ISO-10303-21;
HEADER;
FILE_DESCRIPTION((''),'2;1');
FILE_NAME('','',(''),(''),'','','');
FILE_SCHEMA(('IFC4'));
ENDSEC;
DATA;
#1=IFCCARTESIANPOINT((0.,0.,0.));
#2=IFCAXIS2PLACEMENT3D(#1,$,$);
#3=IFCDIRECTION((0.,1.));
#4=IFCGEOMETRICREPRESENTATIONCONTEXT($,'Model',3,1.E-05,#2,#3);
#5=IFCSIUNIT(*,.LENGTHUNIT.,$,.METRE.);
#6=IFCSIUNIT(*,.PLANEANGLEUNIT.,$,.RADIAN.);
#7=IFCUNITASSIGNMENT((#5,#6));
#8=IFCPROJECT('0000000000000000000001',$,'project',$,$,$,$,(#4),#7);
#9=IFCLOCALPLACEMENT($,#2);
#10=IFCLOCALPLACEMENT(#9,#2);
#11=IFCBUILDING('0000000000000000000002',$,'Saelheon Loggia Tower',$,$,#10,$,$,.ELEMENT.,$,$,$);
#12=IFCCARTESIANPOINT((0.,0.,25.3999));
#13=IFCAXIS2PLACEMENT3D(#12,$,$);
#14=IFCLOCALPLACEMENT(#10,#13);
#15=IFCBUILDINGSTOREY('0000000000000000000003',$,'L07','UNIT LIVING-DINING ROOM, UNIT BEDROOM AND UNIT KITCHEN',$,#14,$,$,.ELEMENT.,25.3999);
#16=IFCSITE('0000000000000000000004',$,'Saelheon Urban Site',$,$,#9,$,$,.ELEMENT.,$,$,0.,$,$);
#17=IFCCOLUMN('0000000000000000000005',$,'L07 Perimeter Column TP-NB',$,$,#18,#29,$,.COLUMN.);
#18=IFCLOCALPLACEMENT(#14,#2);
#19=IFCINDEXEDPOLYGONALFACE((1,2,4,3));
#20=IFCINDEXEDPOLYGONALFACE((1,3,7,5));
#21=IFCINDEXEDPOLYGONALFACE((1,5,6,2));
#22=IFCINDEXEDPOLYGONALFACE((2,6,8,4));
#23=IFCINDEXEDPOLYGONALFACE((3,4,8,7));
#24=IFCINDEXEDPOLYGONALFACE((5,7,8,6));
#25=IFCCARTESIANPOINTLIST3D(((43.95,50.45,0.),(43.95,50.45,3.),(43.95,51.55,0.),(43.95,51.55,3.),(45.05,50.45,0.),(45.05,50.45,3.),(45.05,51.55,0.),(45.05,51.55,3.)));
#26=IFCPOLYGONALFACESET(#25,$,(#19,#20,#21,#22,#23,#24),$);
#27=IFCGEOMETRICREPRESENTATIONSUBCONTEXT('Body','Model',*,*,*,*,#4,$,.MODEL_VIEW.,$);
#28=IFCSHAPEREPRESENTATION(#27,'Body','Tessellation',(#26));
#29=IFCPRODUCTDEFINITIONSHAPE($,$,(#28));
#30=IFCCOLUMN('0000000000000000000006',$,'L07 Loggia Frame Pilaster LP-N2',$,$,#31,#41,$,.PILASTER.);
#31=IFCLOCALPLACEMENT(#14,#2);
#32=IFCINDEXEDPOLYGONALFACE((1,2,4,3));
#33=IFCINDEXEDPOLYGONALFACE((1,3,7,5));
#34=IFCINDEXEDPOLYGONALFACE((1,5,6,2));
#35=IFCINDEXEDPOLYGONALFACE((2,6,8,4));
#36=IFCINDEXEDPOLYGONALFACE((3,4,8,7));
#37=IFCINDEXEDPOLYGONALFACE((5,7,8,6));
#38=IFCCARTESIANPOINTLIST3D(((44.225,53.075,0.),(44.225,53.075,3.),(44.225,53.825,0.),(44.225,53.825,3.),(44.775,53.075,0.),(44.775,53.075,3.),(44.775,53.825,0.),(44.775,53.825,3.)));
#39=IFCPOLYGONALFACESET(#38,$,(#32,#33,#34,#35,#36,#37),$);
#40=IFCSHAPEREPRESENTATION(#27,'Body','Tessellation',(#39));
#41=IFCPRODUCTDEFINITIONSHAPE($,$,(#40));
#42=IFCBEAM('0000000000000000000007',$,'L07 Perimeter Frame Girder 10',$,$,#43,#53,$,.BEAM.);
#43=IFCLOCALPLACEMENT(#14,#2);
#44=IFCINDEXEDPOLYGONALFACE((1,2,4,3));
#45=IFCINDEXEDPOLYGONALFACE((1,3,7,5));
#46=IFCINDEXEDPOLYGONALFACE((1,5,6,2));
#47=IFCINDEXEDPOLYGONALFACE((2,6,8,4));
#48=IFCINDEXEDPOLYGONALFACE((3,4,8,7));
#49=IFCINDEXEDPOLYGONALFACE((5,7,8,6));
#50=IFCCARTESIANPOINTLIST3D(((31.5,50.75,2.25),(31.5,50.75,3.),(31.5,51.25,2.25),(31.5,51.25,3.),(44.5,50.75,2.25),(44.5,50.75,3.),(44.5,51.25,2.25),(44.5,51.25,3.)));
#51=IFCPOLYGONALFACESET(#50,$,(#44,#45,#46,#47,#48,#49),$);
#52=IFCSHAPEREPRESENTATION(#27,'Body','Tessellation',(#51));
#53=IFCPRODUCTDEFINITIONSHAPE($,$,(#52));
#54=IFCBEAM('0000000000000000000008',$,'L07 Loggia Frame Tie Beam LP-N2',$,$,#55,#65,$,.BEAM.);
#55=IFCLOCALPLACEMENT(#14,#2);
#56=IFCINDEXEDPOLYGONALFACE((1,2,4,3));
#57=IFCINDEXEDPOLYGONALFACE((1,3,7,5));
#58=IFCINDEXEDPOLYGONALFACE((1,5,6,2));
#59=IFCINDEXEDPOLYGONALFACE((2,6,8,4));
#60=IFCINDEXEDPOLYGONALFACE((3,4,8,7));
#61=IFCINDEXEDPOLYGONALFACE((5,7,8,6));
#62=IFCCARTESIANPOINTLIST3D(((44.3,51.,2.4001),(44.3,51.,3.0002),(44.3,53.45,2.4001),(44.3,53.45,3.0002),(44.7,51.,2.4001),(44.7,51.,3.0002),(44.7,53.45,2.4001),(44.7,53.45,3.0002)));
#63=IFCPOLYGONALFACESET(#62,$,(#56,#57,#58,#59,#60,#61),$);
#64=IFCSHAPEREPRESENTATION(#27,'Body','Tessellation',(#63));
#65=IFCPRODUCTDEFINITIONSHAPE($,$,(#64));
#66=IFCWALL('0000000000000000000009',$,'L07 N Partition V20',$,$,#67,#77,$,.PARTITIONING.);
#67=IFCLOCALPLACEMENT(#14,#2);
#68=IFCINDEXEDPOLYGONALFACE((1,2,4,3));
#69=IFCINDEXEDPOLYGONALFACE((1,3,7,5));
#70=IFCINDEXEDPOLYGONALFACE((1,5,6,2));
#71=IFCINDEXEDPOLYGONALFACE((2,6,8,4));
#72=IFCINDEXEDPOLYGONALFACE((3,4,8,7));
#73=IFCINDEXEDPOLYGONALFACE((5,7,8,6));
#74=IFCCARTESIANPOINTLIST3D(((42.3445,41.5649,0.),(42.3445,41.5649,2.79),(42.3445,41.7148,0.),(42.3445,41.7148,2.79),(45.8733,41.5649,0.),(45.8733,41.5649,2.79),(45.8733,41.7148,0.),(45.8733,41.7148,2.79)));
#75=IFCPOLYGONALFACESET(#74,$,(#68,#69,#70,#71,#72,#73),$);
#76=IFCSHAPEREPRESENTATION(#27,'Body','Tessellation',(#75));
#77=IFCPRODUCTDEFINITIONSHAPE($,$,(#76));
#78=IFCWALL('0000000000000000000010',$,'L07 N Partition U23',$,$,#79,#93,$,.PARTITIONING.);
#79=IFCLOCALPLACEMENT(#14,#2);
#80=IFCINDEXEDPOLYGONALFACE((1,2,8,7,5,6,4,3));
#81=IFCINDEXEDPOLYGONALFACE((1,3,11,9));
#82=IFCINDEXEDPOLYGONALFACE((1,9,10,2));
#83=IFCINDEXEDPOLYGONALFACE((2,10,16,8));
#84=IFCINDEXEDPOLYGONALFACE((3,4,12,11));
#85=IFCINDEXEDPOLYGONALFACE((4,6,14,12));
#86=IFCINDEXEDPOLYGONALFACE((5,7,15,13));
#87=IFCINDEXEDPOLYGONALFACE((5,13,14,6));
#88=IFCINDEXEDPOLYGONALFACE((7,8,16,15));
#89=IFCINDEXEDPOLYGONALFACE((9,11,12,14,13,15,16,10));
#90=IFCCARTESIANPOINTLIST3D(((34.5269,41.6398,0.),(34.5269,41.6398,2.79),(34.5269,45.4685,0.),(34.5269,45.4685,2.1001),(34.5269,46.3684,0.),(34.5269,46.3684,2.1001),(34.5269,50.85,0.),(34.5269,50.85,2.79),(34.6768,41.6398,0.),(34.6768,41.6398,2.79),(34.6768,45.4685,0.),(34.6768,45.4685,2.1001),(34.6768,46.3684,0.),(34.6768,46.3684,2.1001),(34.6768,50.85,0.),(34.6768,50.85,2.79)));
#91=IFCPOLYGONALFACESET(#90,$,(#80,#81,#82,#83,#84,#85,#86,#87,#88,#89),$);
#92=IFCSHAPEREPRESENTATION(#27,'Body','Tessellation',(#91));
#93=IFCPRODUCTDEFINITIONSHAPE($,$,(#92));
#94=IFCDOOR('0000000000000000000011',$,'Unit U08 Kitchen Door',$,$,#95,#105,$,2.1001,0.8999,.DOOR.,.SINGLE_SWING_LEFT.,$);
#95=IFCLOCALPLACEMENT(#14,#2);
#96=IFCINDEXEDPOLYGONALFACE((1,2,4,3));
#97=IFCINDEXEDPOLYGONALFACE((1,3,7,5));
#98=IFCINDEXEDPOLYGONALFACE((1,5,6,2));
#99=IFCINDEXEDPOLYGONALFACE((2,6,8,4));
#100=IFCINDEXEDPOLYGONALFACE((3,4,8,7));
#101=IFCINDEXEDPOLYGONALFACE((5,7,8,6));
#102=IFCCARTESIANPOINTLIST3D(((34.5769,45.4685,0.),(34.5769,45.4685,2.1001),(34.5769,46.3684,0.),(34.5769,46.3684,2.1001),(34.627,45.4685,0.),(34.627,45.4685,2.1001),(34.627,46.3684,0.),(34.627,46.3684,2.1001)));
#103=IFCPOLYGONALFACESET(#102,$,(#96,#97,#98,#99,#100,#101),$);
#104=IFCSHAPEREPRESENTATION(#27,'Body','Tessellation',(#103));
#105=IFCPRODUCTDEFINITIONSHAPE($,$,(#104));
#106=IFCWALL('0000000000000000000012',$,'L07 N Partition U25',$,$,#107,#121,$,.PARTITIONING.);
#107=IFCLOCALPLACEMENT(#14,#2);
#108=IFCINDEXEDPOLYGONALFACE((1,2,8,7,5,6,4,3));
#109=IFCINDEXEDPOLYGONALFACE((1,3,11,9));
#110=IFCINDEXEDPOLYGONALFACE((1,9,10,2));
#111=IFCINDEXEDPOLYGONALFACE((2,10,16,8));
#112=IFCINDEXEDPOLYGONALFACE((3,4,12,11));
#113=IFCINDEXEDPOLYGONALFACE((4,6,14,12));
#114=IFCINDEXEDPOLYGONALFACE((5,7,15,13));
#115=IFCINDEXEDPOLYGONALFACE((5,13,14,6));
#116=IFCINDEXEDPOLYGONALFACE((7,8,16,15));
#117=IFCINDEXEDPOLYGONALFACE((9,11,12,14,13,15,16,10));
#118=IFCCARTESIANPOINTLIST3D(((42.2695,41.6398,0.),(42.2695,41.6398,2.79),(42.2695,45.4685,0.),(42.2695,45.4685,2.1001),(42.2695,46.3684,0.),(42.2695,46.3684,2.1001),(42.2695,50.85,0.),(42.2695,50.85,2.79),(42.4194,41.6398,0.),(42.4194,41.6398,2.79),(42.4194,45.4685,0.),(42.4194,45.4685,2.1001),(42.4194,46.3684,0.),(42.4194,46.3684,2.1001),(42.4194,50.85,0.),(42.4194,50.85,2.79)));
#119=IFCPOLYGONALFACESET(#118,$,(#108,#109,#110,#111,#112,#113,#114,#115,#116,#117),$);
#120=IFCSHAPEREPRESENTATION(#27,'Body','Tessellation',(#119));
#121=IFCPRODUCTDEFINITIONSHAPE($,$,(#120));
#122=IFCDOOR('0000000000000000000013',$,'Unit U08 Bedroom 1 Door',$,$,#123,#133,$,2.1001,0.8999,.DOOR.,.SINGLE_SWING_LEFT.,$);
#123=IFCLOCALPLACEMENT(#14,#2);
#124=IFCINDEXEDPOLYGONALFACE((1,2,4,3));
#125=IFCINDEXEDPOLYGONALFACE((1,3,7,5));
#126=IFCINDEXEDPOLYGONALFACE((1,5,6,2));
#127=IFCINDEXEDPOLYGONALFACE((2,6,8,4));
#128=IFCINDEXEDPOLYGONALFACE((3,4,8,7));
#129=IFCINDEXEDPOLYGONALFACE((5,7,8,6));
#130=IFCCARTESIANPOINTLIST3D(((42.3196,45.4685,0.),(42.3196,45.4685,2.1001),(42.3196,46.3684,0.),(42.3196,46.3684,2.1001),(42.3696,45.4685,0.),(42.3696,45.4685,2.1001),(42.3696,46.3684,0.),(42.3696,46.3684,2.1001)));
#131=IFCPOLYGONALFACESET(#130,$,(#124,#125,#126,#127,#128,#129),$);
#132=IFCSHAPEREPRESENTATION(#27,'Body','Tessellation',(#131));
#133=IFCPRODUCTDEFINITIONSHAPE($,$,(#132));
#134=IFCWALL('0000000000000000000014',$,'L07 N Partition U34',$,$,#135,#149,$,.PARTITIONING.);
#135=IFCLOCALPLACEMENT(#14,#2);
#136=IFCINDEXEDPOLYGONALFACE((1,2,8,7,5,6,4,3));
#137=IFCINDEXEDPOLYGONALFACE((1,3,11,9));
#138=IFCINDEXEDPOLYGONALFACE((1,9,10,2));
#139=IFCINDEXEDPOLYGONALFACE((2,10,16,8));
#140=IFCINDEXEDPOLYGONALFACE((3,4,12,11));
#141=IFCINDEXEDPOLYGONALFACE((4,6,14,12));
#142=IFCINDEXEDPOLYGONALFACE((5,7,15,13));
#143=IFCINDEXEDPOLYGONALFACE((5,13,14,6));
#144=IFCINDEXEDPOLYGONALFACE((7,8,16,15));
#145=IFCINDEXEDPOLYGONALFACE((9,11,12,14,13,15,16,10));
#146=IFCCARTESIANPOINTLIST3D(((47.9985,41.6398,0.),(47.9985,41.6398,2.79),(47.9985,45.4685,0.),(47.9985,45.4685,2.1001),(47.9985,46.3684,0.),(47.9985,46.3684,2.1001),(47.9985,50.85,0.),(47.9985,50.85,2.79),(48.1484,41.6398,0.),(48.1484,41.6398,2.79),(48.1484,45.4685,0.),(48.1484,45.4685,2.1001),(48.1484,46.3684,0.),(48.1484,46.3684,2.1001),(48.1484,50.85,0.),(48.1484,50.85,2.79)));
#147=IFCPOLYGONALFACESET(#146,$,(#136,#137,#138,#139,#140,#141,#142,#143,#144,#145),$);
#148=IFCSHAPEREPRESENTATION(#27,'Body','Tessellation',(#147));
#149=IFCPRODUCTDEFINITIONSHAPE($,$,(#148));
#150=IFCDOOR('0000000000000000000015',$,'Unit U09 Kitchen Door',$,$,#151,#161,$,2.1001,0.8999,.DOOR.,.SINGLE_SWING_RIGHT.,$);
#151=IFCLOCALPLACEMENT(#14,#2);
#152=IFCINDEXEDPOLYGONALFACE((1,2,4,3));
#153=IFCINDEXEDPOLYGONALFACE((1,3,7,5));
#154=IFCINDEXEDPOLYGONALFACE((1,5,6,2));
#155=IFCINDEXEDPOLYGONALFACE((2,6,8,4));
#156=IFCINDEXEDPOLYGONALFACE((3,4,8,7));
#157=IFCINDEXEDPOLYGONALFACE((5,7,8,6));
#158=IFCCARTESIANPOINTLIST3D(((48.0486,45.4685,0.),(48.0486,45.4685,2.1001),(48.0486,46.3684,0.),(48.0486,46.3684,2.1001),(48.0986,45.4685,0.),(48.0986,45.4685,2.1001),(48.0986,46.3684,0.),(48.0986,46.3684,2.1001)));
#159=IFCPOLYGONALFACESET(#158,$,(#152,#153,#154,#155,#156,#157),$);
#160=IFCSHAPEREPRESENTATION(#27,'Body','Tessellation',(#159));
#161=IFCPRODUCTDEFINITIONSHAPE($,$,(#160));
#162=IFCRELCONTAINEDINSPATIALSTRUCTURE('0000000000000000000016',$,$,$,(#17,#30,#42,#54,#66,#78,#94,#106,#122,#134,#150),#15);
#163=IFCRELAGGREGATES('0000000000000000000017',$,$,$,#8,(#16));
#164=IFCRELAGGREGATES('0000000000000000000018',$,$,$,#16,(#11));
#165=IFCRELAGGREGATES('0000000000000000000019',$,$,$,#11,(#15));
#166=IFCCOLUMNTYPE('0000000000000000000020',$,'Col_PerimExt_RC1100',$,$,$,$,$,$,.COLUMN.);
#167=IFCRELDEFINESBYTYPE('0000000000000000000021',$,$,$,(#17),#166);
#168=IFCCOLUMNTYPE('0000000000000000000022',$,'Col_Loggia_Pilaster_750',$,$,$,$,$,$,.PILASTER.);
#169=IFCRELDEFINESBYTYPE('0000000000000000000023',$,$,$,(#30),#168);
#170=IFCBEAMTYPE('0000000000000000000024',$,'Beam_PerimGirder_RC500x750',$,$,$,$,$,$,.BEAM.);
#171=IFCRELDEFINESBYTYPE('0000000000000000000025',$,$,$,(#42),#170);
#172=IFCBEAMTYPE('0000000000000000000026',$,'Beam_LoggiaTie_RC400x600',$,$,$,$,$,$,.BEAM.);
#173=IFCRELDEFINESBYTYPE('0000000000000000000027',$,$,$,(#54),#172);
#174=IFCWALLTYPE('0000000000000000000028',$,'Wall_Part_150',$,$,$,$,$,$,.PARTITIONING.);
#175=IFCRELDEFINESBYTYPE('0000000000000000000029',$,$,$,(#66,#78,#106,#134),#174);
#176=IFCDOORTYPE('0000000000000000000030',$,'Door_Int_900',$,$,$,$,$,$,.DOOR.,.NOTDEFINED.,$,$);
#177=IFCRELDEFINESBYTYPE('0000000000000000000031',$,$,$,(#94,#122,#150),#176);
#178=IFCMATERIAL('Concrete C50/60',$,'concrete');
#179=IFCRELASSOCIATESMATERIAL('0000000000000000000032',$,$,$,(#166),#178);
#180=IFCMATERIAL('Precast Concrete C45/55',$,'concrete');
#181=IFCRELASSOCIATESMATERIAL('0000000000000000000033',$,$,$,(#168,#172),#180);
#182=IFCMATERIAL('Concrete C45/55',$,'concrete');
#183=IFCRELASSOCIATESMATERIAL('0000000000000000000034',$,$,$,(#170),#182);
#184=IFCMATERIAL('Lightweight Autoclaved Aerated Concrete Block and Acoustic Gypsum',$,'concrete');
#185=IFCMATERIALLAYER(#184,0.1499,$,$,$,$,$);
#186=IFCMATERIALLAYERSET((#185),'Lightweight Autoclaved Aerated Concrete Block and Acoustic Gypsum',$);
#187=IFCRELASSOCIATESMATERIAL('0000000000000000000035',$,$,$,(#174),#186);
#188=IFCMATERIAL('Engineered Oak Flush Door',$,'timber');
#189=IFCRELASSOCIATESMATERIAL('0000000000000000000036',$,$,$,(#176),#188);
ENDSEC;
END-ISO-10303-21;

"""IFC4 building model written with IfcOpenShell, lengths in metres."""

from ifc_helpers import new_model, si_unit, direction, frame, frame_2d, origin, origin_2d, place, context, subcontext, project, spatial, rectangle, extrude, source, transform, mapped, material, layer, layer_set, material_profile, profile_set, type_object, element, fill, save


model = new_model("IFC4")

# Units and contexts
model_context = context("Model", 3, precision=1e-05, world=origin(), true_north=direction((0.0, 1.0)))
body_context = subcontext(model_context, "Body", "Model", "MODEL_VIEW")
ifc_project = project(units=[si_unit("LENGTHUNIT", "METRE"), si_unit("PLANEANGLEUNIT", "RADIAN")], contexts=[model_context])

# Site, building, storey
site_placement = place(None, origin())
site = spatial("IfcSite", under=ifc_project, at=site_placement, Name="Saelheon Urban Site", CompositionType="ELEMENT", RefElevation=0.0)
building_placement = place(site_placement, origin())
building = spatial("IfcBuilding", under=site, at=building_placement, Name="Saelheon Loggia Tower", CompositionType="ELEMENT")
storey_placement = place(building_placement, frame((0.0, 0.0, 25.3999)))
storey = spatial("IfcBuildingStorey", under=building, at=storey_placement, Name="L07", Description="UNIT LIVING-DINING ROOM, UNIT BEDROOM AND UNIT KITCHEN", CompositionType="ELEMENT", Elevation=25.3999)

# Columns
ifc_material_1 = material(Name="Concrete C50/60", Category="concrete")
ifc_material_profile_1 = material_profile(ifc_material_1, rectangle(XDim=1.1001, YDim=1.1001, at=origin_2d()), Name="RC-1100x1100")
ifc_profile_set_1 = profile_set([ifc_material_profile_1], Name="Concrete C50/60")
column_type_1 = type_object("IfcColumnType", Name="Col_PerimExt_RC1100", PredefinedType="COLUMN", material=ifc_profile_set_1)
shared_shape_1 = source(origin(), body_context, "Body", "SweptSolid", [
    extrude(rectangle(XDim=1.1001, YDim=1.1001, at=origin_2d()), origin(), (0.0, 0.0, 1.0), 3.0),
])
column_1_placement = place(storey_placement, frame((44.5, 51.0, 0.0), z_axis=(0.0, 0.0, 1.0), x_axis=(1.0, 0.0, 0.0)))
element("IfcColumn", 1, at=column_1_placement, inside=storey, type_object=column_type_1, Name="L07 Perimeter Column TP-NB", PredefinedType="COLUMN", context=body_context, shape_type="MappedRepresentation", body=[
    mapped(shared_shape_1, transform((0.0, 0.0, 0.0), scale=1.0)),
])
ifc_material_2 = material(Name="Precast Concrete C45/55", Category="concrete")
ifc_material_profile_2 = material_profile(ifc_material_2, rectangle(XDim=0.55, YDim=0.75, at=origin_2d()), Name="RC-550x750")
ifc_profile_set_2 = profile_set([ifc_material_profile_2], Name="Precast Concrete C45/55")
column_type_2 = type_object("IfcColumnType", Name="Col_Loggia_Pilaster_750", PredefinedType="PILASTER", material=ifc_profile_set_2)
shared_shape_2 = source(origin(), body_context, "Body", "SweptSolid", [
    extrude(rectangle(XDim=0.55, YDim=0.75, at=origin_2d()), origin(), (0.0, 0.0, 1.0), 3.0),
])
column_2_placement = place(storey_placement, frame((44.5, 53.45, 0.0), z_axis=(0.0, 0.0, 1.0), x_axis=(1.0, 0.0, 0.0)))
element("IfcColumn", 2, at=column_2_placement, inside=storey, type_object=column_type_2, Name="L07 Loggia Frame Pilaster LP-N2", PredefinedType="PILASTER", context=body_context, shape_type="MappedRepresentation", body=[
    mapped(shared_shape_2, transform((0.0, 0.0, 0.0), scale=1.0)),
])

# Beams
ifc_material_3 = material(Name="Concrete C45/55", Category="concrete")
ifc_material_profile_3 = material_profile(ifc_material_3, rectangle(XDim=0.5, YDim=0.75, at=origin_2d()), Name="RC-500x750")
ifc_profile_set_3 = profile_set([ifc_material_profile_3], Name="Concrete C45/55")
beam_type_1 = type_object("IfcBeamType", Name="Beam_PerimGirder_RC500x750", PredefinedType="BEAM", material=ifc_profile_set_3)
shared_shape_3 = source(origin(), body_context, "Body", "SweptSolid", [
    extrude(rectangle(XDim=0.5, YDim=0.75, at=origin_2d()), origin(), (0.0, 0.0, 1.0), 13.0),
])
beam_1_placement = place(storey_placement, frame((44.5, 51.0, 2.625), z_axis=(-1.0, 0.0, 0.0), x_axis=(0.0, -1.0, 0.0)))
element("IfcBeam", 3, at=beam_1_placement, inside=storey, type_object=beam_type_1, Name="L07 Perimeter Frame Girder 10", PredefinedType="BEAM", context=body_context, shape_type="MappedRepresentation", body=[
    mapped(shared_shape_3, transform((0.0, 0.0, 0.0), scale=1.0)),
])
ifc_material_profile_4 = material_profile(ifc_material_2, rectangle(XDim=0.3999, YDim=0.6001, at=origin_2d()), Name="RC-400x600")
ifc_profile_set_4 = profile_set([ifc_material_profile_4], Name="Precast Concrete C45/55")
beam_type_2 = type_object("IfcBeamType", Name="Beam_LoggiaTie_RC400x600", PredefinedType="BEAM", material=ifc_profile_set_4)
shared_shape_4 = source(origin(), body_context, "Body", "SweptSolid", [
    extrude(rectangle(XDim=0.3999, YDim=0.6001, at=origin_2d()), origin(), (0.0, 0.0, 1.0), 2.45),
])
beam_2_placement = place(storey_placement, frame((44.5, 51.0, 2.7002), z_axis=(0.0, 1.0, 0.0), x_axis=(-1.0, 0.0, 0.0)))
element("IfcBeam", 4, at=beam_2_placement, inside=storey, type_object=beam_type_2, Name="L07 Loggia Frame Tie Beam LP-N2", PredefinedType="BEAM", context=body_context, shape_type="MappedRepresentation", body=[
    mapped(shared_shape_4, transform((0.0, 0.0, 0.0), scale=1.0)),
])

# Wall
ifc_material_4 = material(Name="Lightweight Autoclaved Aerated Concrete Block and Acoustic Gypsum", Category="concrete")
ifc_layer_1 = layer(ifc_material_4, 0.1499)
ifc_layer_set_1 = layer_set([ifc_layer_1], Name="Lightweight Autoclaved Aerated Concrete Block and Acoustic Gypsum")
wall_type_1 = type_object("IfcWallType", Name="Wall_Part_150", PredefinedType="PARTITIONING", material=ifc_layer_set_1)
wall_1_placement = place(storey_placement, frame((42.3445, 41.6399, 0.0), z_axis=(0.0, 0.0, 1.0), x_axis=(1.0, 0.0, 0.0)))
element("IfcWall", 5, at=wall_1_placement, inside=storey, type_object=wall_type_1, Name="L07 N Partition V20", PredefinedType="PARTITIONING", context=body_context, shape_type="SweptSolid", body=[
    extrude(rectangle(XDim=3.5288, YDim=0.1499, at=frame_2d((1.7644, 0.0))), origin(), (0.0, 0.0, 1.0), 2.79),
])

# Walls, openings, doors
wall_2_placement = place(storey_placement, frame((34.6018, 41.6399, 0.0), z_axis=(0.0, 0.0, 1.0), x_axis=(0.0, 1.0, 0.0)))
wall_2 = element("IfcWall", 6, at=wall_2_placement, inside=storey, type_object=wall_type_1, Name="L07 N Partition U23", PredefinedType="PARTITIONING", context=body_context, shape_type="SweptSolid", body=[
    extrude(rectangle(XDim=9.2102, YDim=0.1499, at=frame_2d((4.605, 0.0))), origin(), (0.0, 0.0, 1.0), 2.79),
])
opening_1_placement = place(wall_2_placement, frame((3.8286, 0.0, 0.0)))
opening_1 = element("IfcOpeningElement", 7, at=opening_1_placement, cuts=wall_2, PredefinedType="OPENING", context=body_context, shape_type="SweptSolid", body=[
    extrude(rectangle(XDim=0.8999, YDim=2.1001, at=frame_2d((0.45, 1.05))), frame((0.0, 0.0869, 0.0), z_axis=(0.0, -1.0, 0.0), x_axis=(1.0, 0.0, 0.0)), (0.0, 0.0, 1.0), 0.1738),
])
ifc_material_5 = material(Name="Engineered Oak Flush Door", Category="timber")
door_type_1 = type_object("IfcDoorType", Name="Door_Int_900", OperationType="NOTDEFINED", PredefinedType="DOOR", material=ifc_material_5)
shared_shape_5 = source(origin(), body_context, "Body", "SweptSolid", [
    extrude(rectangle(XDim=0.8999, YDim=2.1001, at=frame_2d((0.45, 1.05))), frame((0.0, 0.0249, 0.0), z_axis=(0.0, -1.0, 0.0), x_axis=(1.0, 0.0, 0.0)), (0.0, 0.0, 1.0), 0.05),
])
door_1_placement = place(opening_1_placement, origin())
door_1 = element("IfcDoor", 8, at=door_1_placement, inside=storey, type_object=door_type_1, Name="Unit U08 Kitchen Door", OperationType="SINGLE_SWING_LEFT", OverallHeight=2.1001, OverallWidth=0.8999, PredefinedType="DOOR", context=body_context, shape_type="MappedRepresentation", body=[
    mapped(shared_shape_5, transform((0.0, 0.0, 0.0), scale=1.0)),
])
fill(opening_1, door_1)
wall_3_placement = place(storey_placement, frame((42.3445, 41.6399, 0.0), z_axis=(0.0, 0.0, 1.0), x_axis=(0.0, 1.0, 0.0)))
wall_3 = element("IfcWall", 9, at=wall_3_placement, inside=storey, type_object=wall_type_1, Name="L07 N Partition U25", PredefinedType="PARTITIONING", context=body_context, shape_type="SweptSolid", body=[
    extrude(rectangle(XDim=9.2102, YDim=0.1499, at=frame_2d((4.605, 0.0))), origin(), (0.0, 0.0, 1.0), 2.79),
])
opening_2_placement = place(wall_3_placement, frame((3.8286, 0.0, 0.0)))
opening_2 = element("IfcOpeningElement", 10, at=opening_2_placement, cuts=wall_3, PredefinedType="OPENING", context=body_context, shape_type="SweptSolid", body=[
    extrude(rectangle(XDim=0.8999, YDim=2.1001, at=frame_2d((0.45, 1.05))), frame((0.0, 0.0869, 0.0), z_axis=(0.0, -1.0, 0.0), x_axis=(1.0, 0.0, 0.0)), (0.0, 0.0, 1.0), 0.1738),
])
door_2_placement = place(opening_2_placement, origin())
door_2 = element("IfcDoor", 11, at=door_2_placement, inside=storey, type_object=door_type_1, Name="Unit U08 Bedroom 1 Door", OperationType="SINGLE_SWING_LEFT", OverallHeight=2.1001, OverallWidth=0.8999, PredefinedType="DOOR", context=body_context, shape_type="MappedRepresentation", body=[
    mapped(shared_shape_5, transform((0.0, 0.0, 0.0), scale=1.0)),
])
fill(opening_2, door_2)
wall_4_placement = place(storey_placement, frame((48.0735, 41.6399, 0.0), z_axis=(0.0, 0.0, 1.0), x_axis=(0.0, 1.0, 0.0)))
wall_4 = element("IfcWall", 12, at=wall_4_placement, inside=storey, type_object=wall_type_1, Name="L07 N Partition U34", PredefinedType="PARTITIONING", context=body_context, shape_type="SweptSolid", body=[
    extrude(rectangle(XDim=9.2102, YDim=0.1499, at=frame_2d((4.605, 0.0))), origin(), (0.0, 0.0, 1.0), 2.79),
])
opening_3_placement = place(wall_4_placement, frame((3.8286, 0.0, 0.0)))
opening_3 = element("IfcOpeningElement", 13, at=opening_3_placement, cuts=wall_4, PredefinedType="OPENING", context=body_context, shape_type="SweptSolid", body=[
    extrude(rectangle(XDim=0.8999, YDim=2.1001, at=frame_2d((0.45, 1.05))), frame((0.0, 0.0869, 0.0), z_axis=(0.0, -1.0, 0.0), x_axis=(1.0, 0.0, 0.0)), (0.0, 0.0, 1.0), 0.1738),
])
door_3_placement = place(opening_3_placement, origin())
door_3 = element("IfcDoor", 14, at=door_3_placement, inside=storey, type_object=door_type_1, Name="Unit U09 Kitchen Door", OperationType="SINGLE_SWING_RIGHT", OverallHeight=2.1001, OverallWidth=0.8999, PredefinedType="DOOR", context=body_context, shape_type="MappedRepresentation", body=[
    mapped(shared_shape_5, transform((0.0, 0.0, 0.0), scale=1.0)),
])
fill(opening_3, door_3)

save(model, "model.ifc")
